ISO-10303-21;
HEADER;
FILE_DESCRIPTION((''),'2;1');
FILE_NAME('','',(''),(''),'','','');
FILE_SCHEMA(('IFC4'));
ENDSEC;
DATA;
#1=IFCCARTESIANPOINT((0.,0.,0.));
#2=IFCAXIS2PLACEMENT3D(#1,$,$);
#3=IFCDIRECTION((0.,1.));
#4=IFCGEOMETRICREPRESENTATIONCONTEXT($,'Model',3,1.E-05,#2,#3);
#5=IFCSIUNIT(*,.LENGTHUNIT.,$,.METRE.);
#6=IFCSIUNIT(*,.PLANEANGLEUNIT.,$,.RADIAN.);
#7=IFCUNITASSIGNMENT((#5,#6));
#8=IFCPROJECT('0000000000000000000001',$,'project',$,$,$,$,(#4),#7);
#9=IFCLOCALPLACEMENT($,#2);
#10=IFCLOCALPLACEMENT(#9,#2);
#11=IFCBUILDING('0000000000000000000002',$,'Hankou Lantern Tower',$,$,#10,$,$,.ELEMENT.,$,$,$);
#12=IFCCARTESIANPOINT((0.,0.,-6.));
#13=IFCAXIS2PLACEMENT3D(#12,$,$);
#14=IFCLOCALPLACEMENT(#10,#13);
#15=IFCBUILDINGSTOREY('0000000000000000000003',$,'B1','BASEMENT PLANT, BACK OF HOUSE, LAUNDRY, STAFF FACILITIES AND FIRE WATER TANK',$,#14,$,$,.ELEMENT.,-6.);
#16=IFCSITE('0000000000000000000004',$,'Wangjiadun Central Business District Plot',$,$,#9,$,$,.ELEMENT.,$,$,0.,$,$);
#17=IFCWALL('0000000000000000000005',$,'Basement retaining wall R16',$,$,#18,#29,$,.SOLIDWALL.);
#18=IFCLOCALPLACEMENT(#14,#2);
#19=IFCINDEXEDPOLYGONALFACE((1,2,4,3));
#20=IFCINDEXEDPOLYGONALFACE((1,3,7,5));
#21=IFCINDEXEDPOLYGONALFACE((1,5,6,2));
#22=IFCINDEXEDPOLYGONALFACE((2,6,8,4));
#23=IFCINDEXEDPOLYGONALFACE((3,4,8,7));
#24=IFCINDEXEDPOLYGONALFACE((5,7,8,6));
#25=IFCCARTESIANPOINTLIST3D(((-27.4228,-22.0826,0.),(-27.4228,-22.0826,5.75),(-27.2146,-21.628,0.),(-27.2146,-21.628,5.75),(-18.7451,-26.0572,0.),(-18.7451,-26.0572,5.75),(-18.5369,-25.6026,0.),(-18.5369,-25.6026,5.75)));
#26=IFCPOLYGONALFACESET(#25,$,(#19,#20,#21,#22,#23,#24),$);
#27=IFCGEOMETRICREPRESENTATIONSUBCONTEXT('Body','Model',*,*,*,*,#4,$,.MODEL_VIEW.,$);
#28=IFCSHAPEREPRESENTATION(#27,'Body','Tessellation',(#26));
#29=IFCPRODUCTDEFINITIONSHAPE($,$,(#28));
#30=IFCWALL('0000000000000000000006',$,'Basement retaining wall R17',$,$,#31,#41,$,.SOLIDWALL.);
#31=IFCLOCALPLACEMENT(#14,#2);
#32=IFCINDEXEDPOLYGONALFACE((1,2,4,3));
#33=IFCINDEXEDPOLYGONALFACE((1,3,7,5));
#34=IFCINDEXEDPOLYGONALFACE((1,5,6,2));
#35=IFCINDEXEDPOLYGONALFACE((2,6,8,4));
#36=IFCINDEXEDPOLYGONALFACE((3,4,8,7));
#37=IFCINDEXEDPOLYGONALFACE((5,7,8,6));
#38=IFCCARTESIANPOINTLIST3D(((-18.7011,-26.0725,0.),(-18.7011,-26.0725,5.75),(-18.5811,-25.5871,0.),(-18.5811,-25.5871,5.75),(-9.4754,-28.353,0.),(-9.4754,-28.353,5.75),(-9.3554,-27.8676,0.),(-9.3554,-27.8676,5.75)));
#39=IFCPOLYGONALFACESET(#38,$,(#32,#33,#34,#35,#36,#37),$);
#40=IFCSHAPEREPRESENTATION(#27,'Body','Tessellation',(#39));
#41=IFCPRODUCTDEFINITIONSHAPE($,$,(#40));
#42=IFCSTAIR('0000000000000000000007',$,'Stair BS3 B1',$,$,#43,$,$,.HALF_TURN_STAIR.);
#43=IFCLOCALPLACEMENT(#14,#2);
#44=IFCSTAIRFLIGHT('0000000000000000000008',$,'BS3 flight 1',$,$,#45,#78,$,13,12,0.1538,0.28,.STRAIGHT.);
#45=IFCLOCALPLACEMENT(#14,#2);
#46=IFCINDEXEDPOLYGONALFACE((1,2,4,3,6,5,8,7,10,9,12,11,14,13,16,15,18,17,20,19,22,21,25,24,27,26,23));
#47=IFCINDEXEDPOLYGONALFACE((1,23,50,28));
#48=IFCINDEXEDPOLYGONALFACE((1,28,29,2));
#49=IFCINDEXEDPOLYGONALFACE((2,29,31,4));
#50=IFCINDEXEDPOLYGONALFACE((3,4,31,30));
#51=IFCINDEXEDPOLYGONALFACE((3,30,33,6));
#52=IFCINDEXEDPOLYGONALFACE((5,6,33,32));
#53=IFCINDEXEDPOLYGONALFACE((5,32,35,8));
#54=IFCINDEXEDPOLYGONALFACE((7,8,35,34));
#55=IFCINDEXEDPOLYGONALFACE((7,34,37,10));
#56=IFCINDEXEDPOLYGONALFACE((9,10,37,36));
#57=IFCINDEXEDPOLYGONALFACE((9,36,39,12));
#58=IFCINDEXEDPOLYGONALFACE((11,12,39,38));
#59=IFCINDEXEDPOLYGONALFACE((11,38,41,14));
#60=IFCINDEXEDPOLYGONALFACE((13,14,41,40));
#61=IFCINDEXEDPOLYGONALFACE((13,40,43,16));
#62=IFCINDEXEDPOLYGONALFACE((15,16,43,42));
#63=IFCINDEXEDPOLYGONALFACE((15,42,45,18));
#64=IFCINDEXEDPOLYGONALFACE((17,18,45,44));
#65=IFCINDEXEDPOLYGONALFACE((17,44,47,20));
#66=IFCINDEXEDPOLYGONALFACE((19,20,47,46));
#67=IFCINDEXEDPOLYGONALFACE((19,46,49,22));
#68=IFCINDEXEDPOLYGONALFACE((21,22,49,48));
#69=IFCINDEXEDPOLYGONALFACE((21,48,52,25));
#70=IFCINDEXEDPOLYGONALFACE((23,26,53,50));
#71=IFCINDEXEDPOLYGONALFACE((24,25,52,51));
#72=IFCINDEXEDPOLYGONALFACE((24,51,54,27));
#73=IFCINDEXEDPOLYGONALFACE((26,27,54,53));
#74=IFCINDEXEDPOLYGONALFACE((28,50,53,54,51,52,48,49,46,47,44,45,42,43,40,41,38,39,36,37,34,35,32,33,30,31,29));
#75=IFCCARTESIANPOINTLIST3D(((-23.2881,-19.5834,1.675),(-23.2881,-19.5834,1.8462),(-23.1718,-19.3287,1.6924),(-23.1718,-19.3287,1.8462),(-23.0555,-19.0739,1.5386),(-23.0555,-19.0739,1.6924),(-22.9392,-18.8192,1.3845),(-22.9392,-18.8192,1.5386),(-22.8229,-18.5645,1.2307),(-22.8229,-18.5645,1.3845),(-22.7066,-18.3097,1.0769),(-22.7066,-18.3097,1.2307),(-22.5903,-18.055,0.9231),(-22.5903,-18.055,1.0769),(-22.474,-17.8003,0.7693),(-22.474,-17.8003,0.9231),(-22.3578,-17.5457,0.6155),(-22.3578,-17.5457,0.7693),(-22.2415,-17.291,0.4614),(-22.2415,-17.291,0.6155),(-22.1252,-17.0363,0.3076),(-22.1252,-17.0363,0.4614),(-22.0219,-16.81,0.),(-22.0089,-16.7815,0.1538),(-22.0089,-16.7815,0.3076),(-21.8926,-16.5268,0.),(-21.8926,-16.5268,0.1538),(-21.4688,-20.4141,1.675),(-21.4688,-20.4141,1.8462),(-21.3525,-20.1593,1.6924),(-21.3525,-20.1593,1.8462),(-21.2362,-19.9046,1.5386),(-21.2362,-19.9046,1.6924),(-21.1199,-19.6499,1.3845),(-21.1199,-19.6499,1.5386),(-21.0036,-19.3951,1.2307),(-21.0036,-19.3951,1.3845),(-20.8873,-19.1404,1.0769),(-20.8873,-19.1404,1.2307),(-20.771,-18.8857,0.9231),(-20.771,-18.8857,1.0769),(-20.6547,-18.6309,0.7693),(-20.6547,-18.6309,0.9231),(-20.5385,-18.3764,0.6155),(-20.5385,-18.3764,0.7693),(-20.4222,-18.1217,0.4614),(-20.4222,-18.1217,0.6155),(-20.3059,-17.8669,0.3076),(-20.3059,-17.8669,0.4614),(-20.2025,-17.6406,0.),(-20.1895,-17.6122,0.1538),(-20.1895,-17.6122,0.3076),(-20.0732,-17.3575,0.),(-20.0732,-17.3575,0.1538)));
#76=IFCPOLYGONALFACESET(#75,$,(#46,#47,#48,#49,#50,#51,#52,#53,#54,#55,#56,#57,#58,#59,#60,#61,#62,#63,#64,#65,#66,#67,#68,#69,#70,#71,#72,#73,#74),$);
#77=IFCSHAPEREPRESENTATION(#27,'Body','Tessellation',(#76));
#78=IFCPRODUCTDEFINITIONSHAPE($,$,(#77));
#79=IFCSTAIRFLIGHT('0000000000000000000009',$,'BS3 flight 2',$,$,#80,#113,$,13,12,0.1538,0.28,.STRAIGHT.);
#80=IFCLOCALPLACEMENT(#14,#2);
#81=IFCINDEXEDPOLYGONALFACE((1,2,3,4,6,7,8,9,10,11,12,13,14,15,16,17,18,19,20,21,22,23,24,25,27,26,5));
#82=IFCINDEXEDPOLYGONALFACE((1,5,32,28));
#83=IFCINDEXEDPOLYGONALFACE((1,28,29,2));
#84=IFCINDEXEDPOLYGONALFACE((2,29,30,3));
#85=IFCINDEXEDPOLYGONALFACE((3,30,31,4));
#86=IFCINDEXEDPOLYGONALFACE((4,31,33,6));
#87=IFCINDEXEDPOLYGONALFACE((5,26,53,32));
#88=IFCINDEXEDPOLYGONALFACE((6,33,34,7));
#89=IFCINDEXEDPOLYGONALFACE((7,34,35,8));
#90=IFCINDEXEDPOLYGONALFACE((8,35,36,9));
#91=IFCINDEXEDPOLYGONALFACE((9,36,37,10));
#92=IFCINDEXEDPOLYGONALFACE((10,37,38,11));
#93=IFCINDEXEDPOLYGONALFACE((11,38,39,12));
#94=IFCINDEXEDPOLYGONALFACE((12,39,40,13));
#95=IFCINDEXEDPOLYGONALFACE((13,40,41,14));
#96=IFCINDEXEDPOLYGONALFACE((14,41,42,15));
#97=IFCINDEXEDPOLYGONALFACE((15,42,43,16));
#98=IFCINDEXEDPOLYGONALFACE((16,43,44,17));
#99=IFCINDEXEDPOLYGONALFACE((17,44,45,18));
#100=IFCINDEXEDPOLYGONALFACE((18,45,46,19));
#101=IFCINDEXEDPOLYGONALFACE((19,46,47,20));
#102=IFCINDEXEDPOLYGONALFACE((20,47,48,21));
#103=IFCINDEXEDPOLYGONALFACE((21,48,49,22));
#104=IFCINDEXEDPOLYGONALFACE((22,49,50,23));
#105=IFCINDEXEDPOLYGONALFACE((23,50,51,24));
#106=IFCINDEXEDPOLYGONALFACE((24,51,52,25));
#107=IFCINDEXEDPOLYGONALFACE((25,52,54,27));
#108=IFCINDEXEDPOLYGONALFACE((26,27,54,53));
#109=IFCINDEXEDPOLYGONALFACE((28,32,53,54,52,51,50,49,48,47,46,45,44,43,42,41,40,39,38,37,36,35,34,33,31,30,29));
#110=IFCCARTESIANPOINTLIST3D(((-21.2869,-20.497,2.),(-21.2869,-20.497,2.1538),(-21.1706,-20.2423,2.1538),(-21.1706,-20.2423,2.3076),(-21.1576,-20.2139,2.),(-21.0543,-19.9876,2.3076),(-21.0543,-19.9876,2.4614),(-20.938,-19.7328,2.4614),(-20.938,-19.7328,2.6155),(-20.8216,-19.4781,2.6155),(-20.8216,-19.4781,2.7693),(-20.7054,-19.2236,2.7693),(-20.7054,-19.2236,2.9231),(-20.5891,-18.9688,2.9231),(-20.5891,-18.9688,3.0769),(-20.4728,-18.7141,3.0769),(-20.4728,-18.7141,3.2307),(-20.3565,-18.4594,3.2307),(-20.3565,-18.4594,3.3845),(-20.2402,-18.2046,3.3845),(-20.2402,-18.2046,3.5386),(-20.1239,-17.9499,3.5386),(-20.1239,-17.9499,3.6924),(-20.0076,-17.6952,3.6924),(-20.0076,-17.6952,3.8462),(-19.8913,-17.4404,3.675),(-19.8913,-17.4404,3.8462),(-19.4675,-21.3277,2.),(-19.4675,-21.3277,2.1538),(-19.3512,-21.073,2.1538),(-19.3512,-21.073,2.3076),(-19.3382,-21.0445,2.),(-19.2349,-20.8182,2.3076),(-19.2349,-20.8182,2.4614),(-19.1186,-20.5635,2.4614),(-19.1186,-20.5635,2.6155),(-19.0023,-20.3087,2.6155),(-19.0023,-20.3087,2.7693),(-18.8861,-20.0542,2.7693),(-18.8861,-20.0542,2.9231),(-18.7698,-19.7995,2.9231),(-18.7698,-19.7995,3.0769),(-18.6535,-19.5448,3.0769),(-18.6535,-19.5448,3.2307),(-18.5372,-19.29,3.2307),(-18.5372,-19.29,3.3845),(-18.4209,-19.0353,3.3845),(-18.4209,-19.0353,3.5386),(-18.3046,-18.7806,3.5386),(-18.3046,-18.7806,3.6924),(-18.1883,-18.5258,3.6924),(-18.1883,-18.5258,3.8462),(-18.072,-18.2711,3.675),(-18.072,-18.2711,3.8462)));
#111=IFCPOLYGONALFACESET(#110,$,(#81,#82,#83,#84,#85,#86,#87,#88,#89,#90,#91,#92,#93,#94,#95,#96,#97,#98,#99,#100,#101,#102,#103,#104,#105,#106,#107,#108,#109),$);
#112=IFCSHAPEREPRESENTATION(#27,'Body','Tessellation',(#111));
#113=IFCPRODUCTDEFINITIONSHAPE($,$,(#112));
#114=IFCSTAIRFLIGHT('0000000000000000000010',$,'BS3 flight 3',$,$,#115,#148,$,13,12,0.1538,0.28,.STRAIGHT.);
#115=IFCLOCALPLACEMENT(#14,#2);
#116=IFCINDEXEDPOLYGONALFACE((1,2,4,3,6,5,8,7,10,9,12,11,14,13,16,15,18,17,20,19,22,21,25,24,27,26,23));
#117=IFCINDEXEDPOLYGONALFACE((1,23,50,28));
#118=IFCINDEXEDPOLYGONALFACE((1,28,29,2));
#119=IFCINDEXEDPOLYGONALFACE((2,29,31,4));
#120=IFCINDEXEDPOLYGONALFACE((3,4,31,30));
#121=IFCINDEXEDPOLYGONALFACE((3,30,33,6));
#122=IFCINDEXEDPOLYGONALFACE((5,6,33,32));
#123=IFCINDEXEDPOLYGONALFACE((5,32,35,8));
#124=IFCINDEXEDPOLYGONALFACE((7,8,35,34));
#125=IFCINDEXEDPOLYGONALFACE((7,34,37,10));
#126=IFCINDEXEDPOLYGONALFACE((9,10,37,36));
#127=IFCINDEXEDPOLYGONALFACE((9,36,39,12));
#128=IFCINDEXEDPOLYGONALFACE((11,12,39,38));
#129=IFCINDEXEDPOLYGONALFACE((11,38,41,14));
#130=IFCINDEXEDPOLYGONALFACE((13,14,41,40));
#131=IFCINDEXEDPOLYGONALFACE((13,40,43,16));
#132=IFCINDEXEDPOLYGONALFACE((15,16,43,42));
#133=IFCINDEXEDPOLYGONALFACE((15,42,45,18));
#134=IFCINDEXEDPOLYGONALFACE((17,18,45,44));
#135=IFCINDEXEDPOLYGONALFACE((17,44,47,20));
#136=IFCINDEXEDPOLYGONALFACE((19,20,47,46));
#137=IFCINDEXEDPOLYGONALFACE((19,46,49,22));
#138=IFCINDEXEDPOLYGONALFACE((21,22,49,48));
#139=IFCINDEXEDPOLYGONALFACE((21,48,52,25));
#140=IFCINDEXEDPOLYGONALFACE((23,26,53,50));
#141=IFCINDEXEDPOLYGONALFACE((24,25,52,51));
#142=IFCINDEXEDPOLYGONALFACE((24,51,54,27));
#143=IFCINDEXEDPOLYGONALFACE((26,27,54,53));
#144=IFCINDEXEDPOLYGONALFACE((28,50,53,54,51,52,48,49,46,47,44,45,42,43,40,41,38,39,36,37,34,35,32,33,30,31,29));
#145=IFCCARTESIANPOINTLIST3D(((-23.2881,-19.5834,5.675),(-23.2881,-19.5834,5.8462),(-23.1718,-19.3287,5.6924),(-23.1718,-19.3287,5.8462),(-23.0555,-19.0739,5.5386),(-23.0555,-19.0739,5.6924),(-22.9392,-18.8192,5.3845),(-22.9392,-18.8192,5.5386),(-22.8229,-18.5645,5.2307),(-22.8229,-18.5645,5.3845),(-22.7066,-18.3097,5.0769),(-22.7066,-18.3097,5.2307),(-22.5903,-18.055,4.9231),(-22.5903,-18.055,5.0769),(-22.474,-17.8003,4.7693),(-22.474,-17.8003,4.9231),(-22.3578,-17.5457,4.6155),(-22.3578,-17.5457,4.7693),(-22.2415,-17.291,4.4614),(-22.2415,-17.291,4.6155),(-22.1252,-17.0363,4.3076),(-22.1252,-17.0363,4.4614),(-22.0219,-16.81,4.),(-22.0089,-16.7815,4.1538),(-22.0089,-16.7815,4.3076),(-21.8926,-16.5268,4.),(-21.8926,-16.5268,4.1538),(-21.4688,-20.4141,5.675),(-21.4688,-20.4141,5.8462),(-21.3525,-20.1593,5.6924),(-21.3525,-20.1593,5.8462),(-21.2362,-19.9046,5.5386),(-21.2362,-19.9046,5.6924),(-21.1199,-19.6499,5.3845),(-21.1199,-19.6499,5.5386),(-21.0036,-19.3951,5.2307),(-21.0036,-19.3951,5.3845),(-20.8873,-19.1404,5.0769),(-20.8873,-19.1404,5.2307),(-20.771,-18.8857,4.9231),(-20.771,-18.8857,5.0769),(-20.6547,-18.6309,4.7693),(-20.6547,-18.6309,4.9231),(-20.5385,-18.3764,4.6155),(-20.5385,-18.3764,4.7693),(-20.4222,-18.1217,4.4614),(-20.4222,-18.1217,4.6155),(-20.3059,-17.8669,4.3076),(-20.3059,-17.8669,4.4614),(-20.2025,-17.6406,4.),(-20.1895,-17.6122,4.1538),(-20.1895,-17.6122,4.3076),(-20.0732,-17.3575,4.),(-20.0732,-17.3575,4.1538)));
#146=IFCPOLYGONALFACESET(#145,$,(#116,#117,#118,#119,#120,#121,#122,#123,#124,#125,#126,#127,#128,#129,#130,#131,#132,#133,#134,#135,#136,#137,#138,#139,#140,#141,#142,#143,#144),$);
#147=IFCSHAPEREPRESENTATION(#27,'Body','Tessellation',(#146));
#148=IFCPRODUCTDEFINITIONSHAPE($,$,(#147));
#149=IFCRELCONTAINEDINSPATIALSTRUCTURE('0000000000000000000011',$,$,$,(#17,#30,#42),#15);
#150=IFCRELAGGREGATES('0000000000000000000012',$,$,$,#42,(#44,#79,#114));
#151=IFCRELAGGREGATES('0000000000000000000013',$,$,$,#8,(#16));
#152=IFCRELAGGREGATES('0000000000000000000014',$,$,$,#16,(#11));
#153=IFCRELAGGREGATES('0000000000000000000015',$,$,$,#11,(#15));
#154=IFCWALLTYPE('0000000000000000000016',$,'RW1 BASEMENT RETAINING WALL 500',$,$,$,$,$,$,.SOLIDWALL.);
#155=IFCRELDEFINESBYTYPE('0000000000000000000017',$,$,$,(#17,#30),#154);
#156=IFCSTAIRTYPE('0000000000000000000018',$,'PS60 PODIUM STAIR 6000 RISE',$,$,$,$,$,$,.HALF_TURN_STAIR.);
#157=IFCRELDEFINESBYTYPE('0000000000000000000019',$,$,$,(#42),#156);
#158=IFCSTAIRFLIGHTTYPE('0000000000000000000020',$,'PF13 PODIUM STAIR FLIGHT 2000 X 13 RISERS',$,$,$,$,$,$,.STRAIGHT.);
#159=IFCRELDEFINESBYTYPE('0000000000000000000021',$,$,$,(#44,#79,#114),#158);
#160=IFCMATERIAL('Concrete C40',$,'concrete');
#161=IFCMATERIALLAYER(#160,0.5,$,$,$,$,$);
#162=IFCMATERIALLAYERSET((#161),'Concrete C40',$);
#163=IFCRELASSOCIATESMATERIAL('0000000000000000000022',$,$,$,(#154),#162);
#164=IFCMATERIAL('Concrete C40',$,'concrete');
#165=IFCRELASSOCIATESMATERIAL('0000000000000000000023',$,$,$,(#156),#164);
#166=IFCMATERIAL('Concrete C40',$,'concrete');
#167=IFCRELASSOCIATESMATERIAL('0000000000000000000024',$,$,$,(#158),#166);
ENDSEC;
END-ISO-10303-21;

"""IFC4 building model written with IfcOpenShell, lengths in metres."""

from ifc_helpers import new_model, si_unit, direction, frame, frame_2d, origin, place, context, subcontext, project, spatial, polyline, rectangle, outline, extrude, material, layer, layer_set, type_object, element, aggregate, save


model = new_model("IFC4")

# Units and contexts
model_context = context("Model", 3, precision=1e-05, world=origin(), true_north=direction((0.0, 1.0)))
body_context = subcontext(model_context, "Body", "Model", "MODEL_VIEW")
ifc_project = project(units=[si_unit("LENGTHUNIT", "METRE"), si_unit("PLANEANGLEUNIT", "RADIAN")], contexts=[model_context])

# Site, building, storey
site_placement = place(None, origin())
site = spatial("IfcSite", under=ifc_project, at=site_placement, Name="Wangjiadun Central Business District Plot", CompositionType="ELEMENT", RefElevation=0.0)
building_placement = place(site_placement, origin())
building = spatial("IfcBuilding", under=site, at=building_placement, Name="Hankou Lantern Tower", CompositionType="ELEMENT")
storey_placement = place(building_placement, frame((0.0, 0.0, -6.0)))
storey = spatial("IfcBuildingStorey", under=building, at=storey_placement, Name="B1", Description="BASEMENT PLANT, BACK OF HOUSE, LAUNDRY, STAFF FACILITIES AND FIRE WATER TANK", CompositionType="ELEMENT", Elevation=-6.0)

# Walls
ifc_material_1 = material(Name="Concrete C40", Category="concrete")
ifc_layer_1 = layer(ifc_material_1, 0.5)
ifc_layer_set_1 = layer_set([ifc_layer_1], Name="Concrete C40")
wall_type_1 = type_object("IfcWallType", Name="RW1 BASEMENT RETAINING WALL 500", PredefinedType="SOLIDWALL", material=ifc_layer_set_1)
wall_1_placement = place(storey_placement, frame((-27.3188, -21.8552, 0.0), z_axis=(0.0, 0.0, 1.0), x_axis=(0.909171, -0.416422, 0.0)))
element("IfcWall", 1, at=wall_1_placement, inside=storey, type_object=wall_type_1, Name="Basement retaining wall R16", PredefinedType="SOLIDWALL", context=body_context, shape_type="SweptSolid", body=[
    extrude(rectangle(XDim=9.5447, YDim=0.5, at=frame_2d((4.7725, 0.0))), origin(), (0.0, 0.0, 1.0), 5.75),
])
wall_2_placement = place(storey_placement, frame((-18.6411, -25.8298, 0.0), z_axis=(0.0, 0.0, 1.0), x_axis=(0.970781, -0.239966, 0.0)))
element("IfcWall", 2, at=wall_2_placement, inside=storey, type_object=wall_type_1, Name="Basement retaining wall R17", PredefinedType="SOLIDWALL", context=body_context, shape_type="SweptSolid", body=[
    extrude(rectangle(XDim=9.5034, YDim=0.5, at=frame_2d((4.7517, 0.0))), origin(), (0.0, 0.0, 1.0), 5.75),
])

# Stair, stair flights
ifc_material_2 = material(Name="Concrete C40", Category="concrete")
stair_type = type_object("IfcStairType", Name="PS60 PODIUM STAIR 6000 RISE", PredefinedType="HALF_TURN_STAIR", material=ifc_material_2)
stair_placement = place(storey_placement, origin())
stair = element("IfcStair", 3, at=stair_placement, inside=storey, type_object=stair_type, Name="Stair BS3 B1", PredefinedType="HALF_TURN_STAIR")
ifc_material_3 = material(Name="Concrete C40", Category="concrete")
stair_flight_type = type_object("IfcStairFlightType", Name="PF13 PODIUM STAIR FLIGHT 2000 X 13 RISERS", PredefinedType="STRAIGHT", material=ifc_material_3)
stair_flight_1_placement = place(storey_placement, frame((-20.9829, -16.9421, 0.0), z_axis=(0.0, 0.0, 1.0), x_axis=(-0.415332, -0.90967, 0.0)))
stair_flight_1 = element("IfcStairFlight", 4, at=stair_flight_1_placement, type_object=stair_flight_type, Name="BS3 flight 1", NumberOfRisers=13, NumberOfTreads=12, PredefinedType="STRAIGHT", RiserHeight=0.1538, TreadLength=0.28, context=body_context, shape_type="SweptSolid", body=[
    extrude(outline(polyline([(0.0, 0.0), (0.0, 0.1538), (0.28, 0.1538), (0.28, 0.3076), (0.5601, 0.3076), (0.5601, 0.4614), (0.8401, 0.4614), (0.8401, 0.6155), (1.1201, 0.6155), (1.1201, 0.7693), (1.3999, 0.7693), (1.3999, 0.9231), (1.6799, 0.9231), (1.6799, 1.0769), (1.96, 1.0769), (1.96, 1.2307), (2.24, 1.2307), (2.24, 1.3845), (2.52, 1.3845), (2.52, 1.5386), (2.8, 1.5386), (2.8, 1.6924), (3.0801, 1.6924), (3.0801, 1.8462), (3.3601, 1.8462), (3.3601, 2.0), (3.3601, 1.675), (0.3113, 0.0), (0.0, 0.0)])), frame((0.0, 1.0, 0.0), z_axis=(0.0, -1.0, 0.0), x_axis=(1.0, 0.0, 0.0)), (0.0, 0.0, 1.0), 2.0),
])
stair_flight_2_placement = place(storey_placement, frame((-20.3772, -20.9124, 2.0), z_axis=(0.0, 0.0, 1.0), x_axis=(0.415332, 0.90967, 0.0)))
stair_flight_2 = element("IfcStairFlight", 5, at=stair_flight_2_placement, type_object=stair_flight_type, Name="BS3 flight 2", NumberOfRisers=13, NumberOfTreads=12, PredefinedType="STRAIGHT", RiserHeight=0.1538, TreadLength=0.28, context=body_context, shape_type="SweptSolid", body=[
    extrude(outline(polyline([(0.0, 0.0), (0.0, 0.1538), (0.28, 0.1538), (0.28, 0.3076), (0.5601, 0.3076), (0.5601, 0.4614), (0.8401, 0.4614), (0.8401, 0.6155), (1.1201, 0.6155), (1.1201, 0.7693), (1.3999, 0.7693), (1.3999, 0.9231), (1.6799, 0.9231), (1.6799, 1.0769), (1.96, 1.0769), (1.96, 1.2307), (2.24, 1.2307), (2.24, 1.3845), (2.52, 1.3845), (2.52, 1.5386), (2.8, 1.5386), (2.8, 1.6924), (3.0801, 1.6924), (3.0801, 1.8462), (3.3601, 1.8462), (3.3601, 2.0), (3.3601, 1.675), (0.3113, 0.0), (0.0, 0.0)])), frame((0.0, 1.0, 0.0), z_axis=(0.0, -1.0, 0.0), x_axis=(1.0, 0.0, 0.0)), (0.0, 0.0, 1.0), 2.0),
])
stair_flight_3_placement = place(storey_placement, frame((-20.9829, -16.9421, 4.0), z_axis=(0.0, 0.0, 1.0), x_axis=(-0.415332, -0.90967, 0.0)))
stair_flight_3 = element("IfcStairFlight", 6, at=stair_flight_3_placement, type_object=stair_flight_type, Name="BS3 flight 3", NumberOfRisers=13, NumberOfTreads=12, PredefinedType="STRAIGHT", RiserHeight=0.1538, TreadLength=0.28, context=body_context, shape_type="SweptSolid", body=[
    extrude(outline(polyline([(0.0, 0.0), (0.0, 0.1538), (0.28, 0.1538), (0.28, 0.3076), (0.5601, 0.3076), (0.5601, 0.4614), (0.8401, 0.4614), (0.8401, 0.6155), (1.1201, 0.6155), (1.1201, 0.7693), (1.3999, 0.7693), (1.3999, 0.9231), (1.6799, 0.9231), (1.6799, 1.0769), (1.96, 1.0769), (1.96, 1.2307), (2.24, 1.2307), (2.24, 1.3845), (2.52, 1.3845), (2.52, 1.5386), (2.8, 1.5386), (2.8, 1.6924), (3.0801, 1.6924), (3.0801, 1.8462), (3.3601, 1.8462), (3.3601, 2.0), (3.3601, 1.675), (0.3113, 0.0), (0.0, 0.0)])), frame((0.0, 1.0, 0.0), z_axis=(0.0, -1.0, 0.0), x_axis=(1.0, 0.0, 0.0)), (0.0, 0.0, 1.0), 2.0),
])
aggregate(stair, [stair_flight_1, stair_flight_2, stair_flight_3])

save(model, "model.ifc")
